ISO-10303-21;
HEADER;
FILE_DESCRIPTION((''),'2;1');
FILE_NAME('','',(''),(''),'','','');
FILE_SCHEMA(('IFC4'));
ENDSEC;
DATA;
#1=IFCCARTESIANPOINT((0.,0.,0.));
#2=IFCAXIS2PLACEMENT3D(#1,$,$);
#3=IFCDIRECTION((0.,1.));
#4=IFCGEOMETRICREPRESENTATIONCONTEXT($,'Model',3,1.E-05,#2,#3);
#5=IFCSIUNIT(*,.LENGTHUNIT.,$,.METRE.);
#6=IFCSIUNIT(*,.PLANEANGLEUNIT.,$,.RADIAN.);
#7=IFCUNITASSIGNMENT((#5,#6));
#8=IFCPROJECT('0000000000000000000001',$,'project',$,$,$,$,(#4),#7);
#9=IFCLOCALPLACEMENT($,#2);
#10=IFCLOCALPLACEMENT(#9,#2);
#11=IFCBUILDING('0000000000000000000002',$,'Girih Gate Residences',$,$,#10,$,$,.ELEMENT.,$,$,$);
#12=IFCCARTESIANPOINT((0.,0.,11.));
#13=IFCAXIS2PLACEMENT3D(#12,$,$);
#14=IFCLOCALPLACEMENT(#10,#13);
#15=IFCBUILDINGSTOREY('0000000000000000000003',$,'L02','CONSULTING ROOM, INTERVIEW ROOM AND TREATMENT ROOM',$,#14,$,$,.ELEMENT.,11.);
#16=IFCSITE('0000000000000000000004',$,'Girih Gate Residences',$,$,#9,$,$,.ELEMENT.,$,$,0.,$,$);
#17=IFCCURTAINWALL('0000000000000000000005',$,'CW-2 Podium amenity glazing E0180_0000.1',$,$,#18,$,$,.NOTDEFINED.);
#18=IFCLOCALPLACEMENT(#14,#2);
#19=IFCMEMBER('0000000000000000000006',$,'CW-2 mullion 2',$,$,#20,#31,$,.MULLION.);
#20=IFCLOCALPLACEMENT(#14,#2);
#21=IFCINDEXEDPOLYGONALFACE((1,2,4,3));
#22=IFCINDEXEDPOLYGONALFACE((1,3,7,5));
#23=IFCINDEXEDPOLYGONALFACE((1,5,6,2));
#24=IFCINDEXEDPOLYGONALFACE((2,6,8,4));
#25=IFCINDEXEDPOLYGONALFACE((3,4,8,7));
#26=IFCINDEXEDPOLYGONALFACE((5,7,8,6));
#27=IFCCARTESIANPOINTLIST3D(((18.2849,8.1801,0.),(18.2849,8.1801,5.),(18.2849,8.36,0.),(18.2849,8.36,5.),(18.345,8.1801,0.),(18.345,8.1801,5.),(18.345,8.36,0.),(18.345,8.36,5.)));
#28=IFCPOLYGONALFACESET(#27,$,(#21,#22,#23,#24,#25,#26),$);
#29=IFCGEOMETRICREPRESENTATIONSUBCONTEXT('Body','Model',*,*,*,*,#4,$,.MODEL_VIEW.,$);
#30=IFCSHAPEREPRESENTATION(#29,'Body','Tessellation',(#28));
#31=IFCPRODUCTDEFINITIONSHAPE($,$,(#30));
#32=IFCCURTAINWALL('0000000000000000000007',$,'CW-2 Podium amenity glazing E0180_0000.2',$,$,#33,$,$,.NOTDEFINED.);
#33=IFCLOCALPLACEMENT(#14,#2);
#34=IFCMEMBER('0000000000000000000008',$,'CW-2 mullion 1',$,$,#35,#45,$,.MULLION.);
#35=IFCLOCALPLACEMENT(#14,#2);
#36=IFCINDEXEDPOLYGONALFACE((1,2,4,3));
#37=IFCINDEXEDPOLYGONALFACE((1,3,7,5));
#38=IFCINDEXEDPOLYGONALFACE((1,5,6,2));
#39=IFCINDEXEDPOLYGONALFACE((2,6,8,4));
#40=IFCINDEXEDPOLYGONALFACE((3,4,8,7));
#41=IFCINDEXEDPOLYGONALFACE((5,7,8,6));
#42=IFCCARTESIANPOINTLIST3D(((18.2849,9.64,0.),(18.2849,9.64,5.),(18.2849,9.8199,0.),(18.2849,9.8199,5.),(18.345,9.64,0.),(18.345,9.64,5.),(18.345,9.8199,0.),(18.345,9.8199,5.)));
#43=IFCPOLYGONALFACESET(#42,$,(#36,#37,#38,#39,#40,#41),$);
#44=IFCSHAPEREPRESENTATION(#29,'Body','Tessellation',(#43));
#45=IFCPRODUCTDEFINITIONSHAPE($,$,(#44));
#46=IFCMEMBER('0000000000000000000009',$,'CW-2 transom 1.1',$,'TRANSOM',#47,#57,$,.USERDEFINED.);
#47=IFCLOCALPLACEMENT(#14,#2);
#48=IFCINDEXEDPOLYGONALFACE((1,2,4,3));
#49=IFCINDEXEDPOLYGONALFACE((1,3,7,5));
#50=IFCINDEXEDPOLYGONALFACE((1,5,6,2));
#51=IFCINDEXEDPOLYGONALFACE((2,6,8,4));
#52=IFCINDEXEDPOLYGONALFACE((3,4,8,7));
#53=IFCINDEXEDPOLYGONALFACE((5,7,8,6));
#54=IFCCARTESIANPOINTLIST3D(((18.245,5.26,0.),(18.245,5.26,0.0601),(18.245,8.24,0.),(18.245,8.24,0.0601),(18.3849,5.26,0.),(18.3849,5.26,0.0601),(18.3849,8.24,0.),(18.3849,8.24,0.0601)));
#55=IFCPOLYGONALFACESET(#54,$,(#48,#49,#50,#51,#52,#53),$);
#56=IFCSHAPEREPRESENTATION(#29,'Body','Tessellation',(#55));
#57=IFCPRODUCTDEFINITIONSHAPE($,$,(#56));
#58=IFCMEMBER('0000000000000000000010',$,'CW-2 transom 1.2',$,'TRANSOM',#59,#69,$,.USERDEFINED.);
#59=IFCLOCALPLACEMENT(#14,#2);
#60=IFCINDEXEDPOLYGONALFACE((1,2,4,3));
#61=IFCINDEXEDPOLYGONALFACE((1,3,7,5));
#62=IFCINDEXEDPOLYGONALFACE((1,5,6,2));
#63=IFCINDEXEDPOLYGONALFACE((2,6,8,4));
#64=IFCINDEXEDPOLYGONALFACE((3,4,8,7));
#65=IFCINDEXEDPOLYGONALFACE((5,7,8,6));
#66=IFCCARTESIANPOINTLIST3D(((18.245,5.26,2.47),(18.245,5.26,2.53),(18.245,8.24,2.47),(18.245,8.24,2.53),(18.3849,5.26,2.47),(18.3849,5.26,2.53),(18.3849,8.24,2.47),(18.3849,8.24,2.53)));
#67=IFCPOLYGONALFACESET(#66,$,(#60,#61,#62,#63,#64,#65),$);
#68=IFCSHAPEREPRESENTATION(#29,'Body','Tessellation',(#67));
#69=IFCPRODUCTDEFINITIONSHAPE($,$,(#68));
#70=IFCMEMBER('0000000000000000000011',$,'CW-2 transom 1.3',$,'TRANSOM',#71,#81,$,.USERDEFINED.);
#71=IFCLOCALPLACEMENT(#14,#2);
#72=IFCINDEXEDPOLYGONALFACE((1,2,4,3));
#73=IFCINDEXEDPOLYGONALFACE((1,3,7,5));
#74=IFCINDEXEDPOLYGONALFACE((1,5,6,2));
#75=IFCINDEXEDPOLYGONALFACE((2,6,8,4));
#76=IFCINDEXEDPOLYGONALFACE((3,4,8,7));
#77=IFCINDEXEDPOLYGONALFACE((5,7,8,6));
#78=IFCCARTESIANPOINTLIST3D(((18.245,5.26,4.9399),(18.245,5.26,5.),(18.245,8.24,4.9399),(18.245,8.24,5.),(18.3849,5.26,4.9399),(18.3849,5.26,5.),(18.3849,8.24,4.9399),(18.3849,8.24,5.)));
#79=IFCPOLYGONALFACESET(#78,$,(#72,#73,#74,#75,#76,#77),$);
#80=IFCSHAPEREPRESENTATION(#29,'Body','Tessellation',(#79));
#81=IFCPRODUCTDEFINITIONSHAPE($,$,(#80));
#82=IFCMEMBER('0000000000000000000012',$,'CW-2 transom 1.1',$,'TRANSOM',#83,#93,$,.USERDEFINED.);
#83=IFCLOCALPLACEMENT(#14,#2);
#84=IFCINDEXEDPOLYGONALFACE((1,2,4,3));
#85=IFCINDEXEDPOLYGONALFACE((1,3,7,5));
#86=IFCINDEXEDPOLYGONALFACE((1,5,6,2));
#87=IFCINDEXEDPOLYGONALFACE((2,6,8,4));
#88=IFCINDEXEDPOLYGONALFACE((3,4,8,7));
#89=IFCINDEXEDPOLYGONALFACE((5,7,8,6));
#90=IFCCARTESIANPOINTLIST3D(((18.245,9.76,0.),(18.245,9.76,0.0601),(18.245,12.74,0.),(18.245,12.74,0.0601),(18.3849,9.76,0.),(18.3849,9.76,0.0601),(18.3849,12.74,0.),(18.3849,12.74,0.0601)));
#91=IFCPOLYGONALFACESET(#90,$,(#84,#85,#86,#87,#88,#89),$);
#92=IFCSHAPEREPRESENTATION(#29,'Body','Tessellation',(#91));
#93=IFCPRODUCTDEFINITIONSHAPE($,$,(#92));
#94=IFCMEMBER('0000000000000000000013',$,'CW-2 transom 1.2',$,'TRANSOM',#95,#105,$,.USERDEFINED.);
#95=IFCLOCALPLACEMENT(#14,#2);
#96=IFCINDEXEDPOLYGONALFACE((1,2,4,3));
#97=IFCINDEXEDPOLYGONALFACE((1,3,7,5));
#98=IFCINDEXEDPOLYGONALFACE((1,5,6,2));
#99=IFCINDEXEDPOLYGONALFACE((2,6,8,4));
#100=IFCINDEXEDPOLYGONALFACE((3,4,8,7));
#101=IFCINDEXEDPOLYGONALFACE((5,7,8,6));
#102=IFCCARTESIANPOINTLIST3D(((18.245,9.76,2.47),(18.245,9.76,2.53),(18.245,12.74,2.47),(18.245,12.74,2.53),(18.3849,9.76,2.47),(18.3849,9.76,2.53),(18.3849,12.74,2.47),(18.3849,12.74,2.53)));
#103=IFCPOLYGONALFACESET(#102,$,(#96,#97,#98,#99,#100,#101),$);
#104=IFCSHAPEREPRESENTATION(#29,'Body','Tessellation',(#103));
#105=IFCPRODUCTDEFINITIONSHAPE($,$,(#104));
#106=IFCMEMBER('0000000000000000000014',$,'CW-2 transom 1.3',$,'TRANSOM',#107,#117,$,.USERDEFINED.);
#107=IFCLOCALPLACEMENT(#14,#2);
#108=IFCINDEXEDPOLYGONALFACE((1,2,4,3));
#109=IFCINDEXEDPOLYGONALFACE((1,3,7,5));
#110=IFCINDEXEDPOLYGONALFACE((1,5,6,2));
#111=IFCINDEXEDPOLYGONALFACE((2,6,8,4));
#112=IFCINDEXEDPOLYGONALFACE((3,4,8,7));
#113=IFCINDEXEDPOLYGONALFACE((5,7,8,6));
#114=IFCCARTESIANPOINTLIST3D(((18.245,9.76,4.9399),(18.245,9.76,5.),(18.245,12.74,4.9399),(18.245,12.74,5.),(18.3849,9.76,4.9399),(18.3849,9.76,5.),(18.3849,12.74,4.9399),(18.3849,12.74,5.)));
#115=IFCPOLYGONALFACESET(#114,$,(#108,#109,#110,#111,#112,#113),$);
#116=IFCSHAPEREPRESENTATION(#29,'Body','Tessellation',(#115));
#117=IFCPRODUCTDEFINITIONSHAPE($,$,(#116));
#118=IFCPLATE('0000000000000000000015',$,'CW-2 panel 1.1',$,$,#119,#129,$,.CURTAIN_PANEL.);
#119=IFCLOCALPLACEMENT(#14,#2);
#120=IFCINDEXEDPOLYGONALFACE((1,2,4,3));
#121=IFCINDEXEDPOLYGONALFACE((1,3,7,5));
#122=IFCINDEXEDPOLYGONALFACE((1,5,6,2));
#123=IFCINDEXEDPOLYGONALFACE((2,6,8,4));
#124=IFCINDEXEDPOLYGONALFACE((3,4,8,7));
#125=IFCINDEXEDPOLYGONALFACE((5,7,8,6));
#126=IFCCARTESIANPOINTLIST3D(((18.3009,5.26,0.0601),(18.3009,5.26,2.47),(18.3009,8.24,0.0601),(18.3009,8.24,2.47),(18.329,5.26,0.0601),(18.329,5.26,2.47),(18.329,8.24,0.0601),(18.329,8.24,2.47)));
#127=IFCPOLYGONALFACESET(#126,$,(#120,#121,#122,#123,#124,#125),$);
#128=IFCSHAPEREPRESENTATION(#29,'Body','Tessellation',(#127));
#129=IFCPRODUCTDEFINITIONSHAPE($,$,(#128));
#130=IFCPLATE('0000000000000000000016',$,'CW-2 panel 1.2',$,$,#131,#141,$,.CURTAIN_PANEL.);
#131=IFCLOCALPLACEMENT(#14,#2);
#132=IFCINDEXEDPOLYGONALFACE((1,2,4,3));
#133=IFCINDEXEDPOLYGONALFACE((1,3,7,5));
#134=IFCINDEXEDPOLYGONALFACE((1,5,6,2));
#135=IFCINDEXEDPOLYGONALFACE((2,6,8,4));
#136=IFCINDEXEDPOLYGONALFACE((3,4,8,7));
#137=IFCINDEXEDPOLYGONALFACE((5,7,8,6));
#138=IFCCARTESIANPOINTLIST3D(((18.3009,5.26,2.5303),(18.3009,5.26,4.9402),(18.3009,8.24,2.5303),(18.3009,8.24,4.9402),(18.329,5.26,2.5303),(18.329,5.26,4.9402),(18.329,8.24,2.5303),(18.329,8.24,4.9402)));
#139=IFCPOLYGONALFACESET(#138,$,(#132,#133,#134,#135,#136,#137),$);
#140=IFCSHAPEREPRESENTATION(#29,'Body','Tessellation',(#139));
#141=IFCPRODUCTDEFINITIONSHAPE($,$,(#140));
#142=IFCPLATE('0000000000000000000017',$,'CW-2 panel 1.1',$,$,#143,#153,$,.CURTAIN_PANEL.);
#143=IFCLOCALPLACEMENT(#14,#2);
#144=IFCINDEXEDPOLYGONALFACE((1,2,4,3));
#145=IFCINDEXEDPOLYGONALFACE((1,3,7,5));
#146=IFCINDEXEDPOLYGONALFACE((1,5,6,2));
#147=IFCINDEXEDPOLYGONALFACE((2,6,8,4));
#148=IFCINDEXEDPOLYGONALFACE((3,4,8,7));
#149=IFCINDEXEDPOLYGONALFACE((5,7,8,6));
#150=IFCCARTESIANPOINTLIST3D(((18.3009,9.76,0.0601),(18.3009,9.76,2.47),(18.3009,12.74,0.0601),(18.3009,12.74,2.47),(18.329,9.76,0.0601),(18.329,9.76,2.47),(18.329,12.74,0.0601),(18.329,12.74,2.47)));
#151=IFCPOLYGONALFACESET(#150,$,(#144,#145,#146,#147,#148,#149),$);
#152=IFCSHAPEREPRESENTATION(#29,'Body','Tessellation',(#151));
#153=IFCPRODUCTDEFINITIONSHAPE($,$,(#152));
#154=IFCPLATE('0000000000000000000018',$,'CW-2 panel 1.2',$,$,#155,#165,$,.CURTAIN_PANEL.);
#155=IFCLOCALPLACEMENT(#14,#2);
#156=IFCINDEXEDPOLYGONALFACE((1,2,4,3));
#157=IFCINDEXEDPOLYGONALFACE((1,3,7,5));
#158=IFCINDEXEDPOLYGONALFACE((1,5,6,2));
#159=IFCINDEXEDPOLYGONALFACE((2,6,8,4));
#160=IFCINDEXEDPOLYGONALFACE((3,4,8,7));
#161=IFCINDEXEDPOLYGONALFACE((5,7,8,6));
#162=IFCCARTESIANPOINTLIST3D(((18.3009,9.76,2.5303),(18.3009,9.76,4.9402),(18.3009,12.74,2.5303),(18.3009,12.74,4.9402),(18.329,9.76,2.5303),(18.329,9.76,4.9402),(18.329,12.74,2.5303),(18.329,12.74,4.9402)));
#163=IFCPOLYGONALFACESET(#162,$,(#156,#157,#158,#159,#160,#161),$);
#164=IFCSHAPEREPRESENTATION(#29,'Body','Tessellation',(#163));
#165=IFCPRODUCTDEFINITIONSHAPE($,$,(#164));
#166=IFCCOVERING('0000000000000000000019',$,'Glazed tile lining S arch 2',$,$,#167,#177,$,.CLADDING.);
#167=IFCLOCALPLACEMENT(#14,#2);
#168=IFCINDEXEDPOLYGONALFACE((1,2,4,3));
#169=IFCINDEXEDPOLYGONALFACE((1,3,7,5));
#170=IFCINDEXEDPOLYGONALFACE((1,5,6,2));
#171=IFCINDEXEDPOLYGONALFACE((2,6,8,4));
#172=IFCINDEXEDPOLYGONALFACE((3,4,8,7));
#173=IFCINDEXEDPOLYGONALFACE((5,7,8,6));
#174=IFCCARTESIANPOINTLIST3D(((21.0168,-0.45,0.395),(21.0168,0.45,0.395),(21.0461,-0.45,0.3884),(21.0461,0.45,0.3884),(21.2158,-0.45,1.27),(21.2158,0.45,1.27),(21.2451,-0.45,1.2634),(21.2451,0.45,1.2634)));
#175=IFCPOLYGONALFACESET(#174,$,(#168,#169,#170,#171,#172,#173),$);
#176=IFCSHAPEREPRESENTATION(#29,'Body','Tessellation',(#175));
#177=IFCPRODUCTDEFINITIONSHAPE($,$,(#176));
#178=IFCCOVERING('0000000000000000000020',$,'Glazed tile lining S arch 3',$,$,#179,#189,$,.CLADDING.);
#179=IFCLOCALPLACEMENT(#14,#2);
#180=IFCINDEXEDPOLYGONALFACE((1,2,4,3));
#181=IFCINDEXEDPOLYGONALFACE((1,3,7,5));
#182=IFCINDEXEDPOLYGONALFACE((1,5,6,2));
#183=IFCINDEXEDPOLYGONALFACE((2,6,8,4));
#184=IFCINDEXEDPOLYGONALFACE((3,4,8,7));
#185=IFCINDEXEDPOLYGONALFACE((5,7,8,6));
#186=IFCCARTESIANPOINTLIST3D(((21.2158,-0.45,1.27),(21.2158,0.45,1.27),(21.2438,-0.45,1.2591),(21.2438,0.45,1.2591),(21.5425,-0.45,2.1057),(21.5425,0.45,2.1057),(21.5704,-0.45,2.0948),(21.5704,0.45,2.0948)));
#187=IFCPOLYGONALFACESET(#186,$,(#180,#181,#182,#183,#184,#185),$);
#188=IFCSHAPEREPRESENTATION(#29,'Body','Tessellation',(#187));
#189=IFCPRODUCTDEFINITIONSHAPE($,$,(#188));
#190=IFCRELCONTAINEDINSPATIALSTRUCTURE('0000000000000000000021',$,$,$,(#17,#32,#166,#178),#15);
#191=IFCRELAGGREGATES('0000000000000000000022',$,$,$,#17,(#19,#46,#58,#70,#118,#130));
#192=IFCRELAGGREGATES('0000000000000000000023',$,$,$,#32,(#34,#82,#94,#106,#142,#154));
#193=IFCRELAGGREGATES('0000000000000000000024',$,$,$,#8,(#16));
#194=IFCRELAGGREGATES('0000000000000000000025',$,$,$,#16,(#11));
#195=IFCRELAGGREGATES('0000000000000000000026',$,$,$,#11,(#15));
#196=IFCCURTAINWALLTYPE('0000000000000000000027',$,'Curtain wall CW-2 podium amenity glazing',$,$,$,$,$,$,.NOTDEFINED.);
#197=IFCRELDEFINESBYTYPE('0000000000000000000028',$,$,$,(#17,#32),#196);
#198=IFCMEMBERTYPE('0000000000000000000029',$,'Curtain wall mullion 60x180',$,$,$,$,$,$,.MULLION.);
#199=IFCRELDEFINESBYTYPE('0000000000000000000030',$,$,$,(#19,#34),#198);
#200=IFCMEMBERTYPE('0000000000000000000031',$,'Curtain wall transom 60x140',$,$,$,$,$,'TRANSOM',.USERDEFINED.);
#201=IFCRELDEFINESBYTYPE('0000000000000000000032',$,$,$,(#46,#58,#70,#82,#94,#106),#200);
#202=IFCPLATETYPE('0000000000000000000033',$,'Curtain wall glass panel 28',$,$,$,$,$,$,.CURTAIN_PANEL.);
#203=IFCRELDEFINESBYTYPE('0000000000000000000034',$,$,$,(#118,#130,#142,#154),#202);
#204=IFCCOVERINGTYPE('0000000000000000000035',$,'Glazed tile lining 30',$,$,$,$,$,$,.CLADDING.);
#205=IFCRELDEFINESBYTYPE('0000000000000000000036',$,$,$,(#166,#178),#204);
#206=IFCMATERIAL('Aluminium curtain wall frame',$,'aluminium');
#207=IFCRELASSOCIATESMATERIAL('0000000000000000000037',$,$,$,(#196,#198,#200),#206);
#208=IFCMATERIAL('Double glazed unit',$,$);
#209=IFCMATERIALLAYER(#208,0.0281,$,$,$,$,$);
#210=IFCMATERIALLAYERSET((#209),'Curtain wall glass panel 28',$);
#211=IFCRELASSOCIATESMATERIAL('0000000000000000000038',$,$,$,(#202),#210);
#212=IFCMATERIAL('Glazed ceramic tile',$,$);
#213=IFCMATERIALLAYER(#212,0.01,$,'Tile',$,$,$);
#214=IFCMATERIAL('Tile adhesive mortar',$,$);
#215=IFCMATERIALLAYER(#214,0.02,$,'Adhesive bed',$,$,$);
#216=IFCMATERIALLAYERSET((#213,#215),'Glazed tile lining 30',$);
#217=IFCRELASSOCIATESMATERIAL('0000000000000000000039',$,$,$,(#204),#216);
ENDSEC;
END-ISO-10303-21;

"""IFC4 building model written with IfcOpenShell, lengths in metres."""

from ifc_helpers import new_model, si_unit, direction, frame, origin, origin_2d, place, context, subcontext, project, spatial, polyline, rectangle, outline, extrude, material, layer, layer_set, material_profile, profile_set, type_object, element, aggregate, save


model = new_model("IFC4")

# Units and contexts
model_context = context("Model", 3, precision=1e-05, world=origin(), true_north=direction((0.0, 1.0)))
body_context = subcontext(model_context, "Body", "Model", "MODEL_VIEW")
ifc_project = project(units=[si_unit("LENGTHUNIT", "METRE"), si_unit("PLANEANGLEUNIT", "RADIAN")], contexts=[model_context])

# Site, building, storey
site_placement = place(None, origin())
site = spatial("IfcSite", under=ifc_project, at=site_placement, Name="Girih Gate Residences", CompositionType="ELEMENT", RefElevation=0.0)
building_placement = place(site_placement, origin())
building = spatial("IfcBuilding", under=site, at=building_placement, Name="Girih Gate Residences", CompositionType="ELEMENT")
storey_placement = place(building_placement, frame((0.0, 0.0, 11.0)))
storey = spatial("IfcBuildingStorey", under=building, at=storey_placement, Name="L02", Description="CONSULTING ROOM, INTERVIEW ROOM AND TREATMENT ROOM", CompositionType="ELEMENT", Elevation=11.0)

# Curtain walls, members
ifc_material_1 = material(Name="Aluminium curtain wall frame", Category="aluminium")
curtain_wall_type = type_object("IfcCurtainWallType", Name="Curtain wall CW-2 podium amenity glazing", PredefinedType="NOTDEFINED", material=ifc_material_1)
curtain_wall_1_placement = place(storey_placement, origin())
curtain_wall_1 = element("IfcCurtainWall", 1, at=curtain_wall_1_placement, inside=storey, type_object=curtain_wall_type, Name="CW-2 Podium amenity glazing E0180_0000.1", PredefinedType="NOTDEFINED")
ifc_material_profile_1 = material_profile(ifc_material_1, rectangle(XDim=0.0601, YDim=0.1799, at=origin_2d()))
ifc_profile_set_1 = profile_set([ifc_material_profile_1], Name="Aluminium curtain wall frame")
member_type_1 = type_object("IfcMemberType", Name="Curtain wall mullion 60x180", PredefinedType="MULLION", material=ifc_profile_set_1)
member_1_placement = place(storey_placement, frame((18.3149, 8.27, 0.0), z_axis=(0.0, 0.0, 1.0), x_axis=(-1.0, 0.0, 0.0)))
member_1 = element("IfcMember", 2, at=member_1_placement, type_object=member_type_1, Name="CW-2 mullion 2", PredefinedType="MULLION", context=body_context, shape_type="SweptSolid", body=[
    extrude(rectangle(XDim=0.0601, YDim=0.1799, at=origin_2d()), origin(), (0.0, 0.0, 1.0), 5.0),
])
curtain_wall_2_placement = place(storey_placement, origin())
curtain_wall_2 = element("IfcCurtainWall", 3, at=curtain_wall_2_placement, inside=storey, type_object=curtain_wall_type, Name="CW-2 Podium amenity glazing E0180_0000.2", PredefinedType="NOTDEFINED")
member_2_placement = place(storey_placement, frame((18.3149, 9.73, 0.0), z_axis=(0.0, 0.0, 1.0), x_axis=(-1.0, 0.0, 0.0)))
member_2 = element("IfcMember", 4, at=member_2_placement, type_object=member_type_1, Name="CW-2 mullion 1", PredefinedType="MULLION", context=body_context, shape_type="SweptSolid", body=[
    extrude(rectangle(XDim=0.0601, YDim=0.1799, at=origin_2d()), origin(), (0.0, 0.0, 1.0), 5.0),
])

# Members
ifc_material_profile_2 = material_profile(ifc_material_1, rectangle(XDim=0.1399, YDim=0.0601, at=origin_2d()))
ifc_profile_set_2 = profile_set([ifc_material_profile_2], Name="Aluminium curtain wall frame")
member_type_2 = type_object("IfcMemberType", Name="Curtain wall transom 60x140", ElementType="TRANSOM", PredefinedType="USERDEFINED", material=ifc_profile_set_2)
member_3_placement = place(storey_placement, frame((18.3149, 5.26, 0.03), z_axis=(0.0, 1.0, 0.0), x_axis=(-1.0, 0.0, 0.0)))
member_3 = element("IfcMember", 5, at=member_3_placement, type_object=member_type_2, Name="CW-2 transom 1.1", ObjectType="TRANSOM", PredefinedType="USERDEFINED", context=body_context, shape_type="SweptSolid", body=[
    extrude(rectangle(XDim=0.1399, YDim=0.0601, at=origin_2d()), origin(), (0.0, 0.0, 1.0), 2.98),
])
member_4_placement = place(storey_placement, frame((18.3149, 5.26, 2.5), z_axis=(0.0, 1.0, 0.0), x_axis=(-1.0, 0.0, 0.0)))
member_4 = element("IfcMember", 6, at=member_4_placement, type_object=member_type_2, Name="CW-2 transom 1.2", ObjectType="TRANSOM", PredefinedType="USERDEFINED", context=body_context, shape_type="SweptSolid", body=[
    extrude(rectangle(XDim=0.1399, YDim=0.0601, at=origin_2d()), origin(), (0.0, 0.0, 1.0), 2.98),
])
member_5_placement = place(storey_placement, frame((18.3149, 5.26, 4.97), z_axis=(0.0, 1.0, 0.0), x_axis=(-1.0, 0.0, 0.0)))
member_5 = element("IfcMember", 7, at=member_5_placement, type_object=member_type_2, Name="CW-2 transom 1.3", ObjectType="TRANSOM", PredefinedType="USERDEFINED", context=body_context, shape_type="SweptSolid", body=[
    extrude(rectangle(XDim=0.1399, YDim=0.0601, at=origin_2d()), origin(), (0.0, 0.0, 1.0), 2.98),
])
member_6_placement = place(storey_placement, frame((18.3149, 9.76, 0.03), z_axis=(0.0, 1.0, 0.0), x_axis=(-1.0, 0.0, 0.0)))
member_6 = element("IfcMember", 8, at=member_6_placement, type_object=member_type_2, Name="CW-2 transom 1.1", ObjectType="TRANSOM", PredefinedType="USERDEFINED", context=body_context, shape_type="SweptSolid", body=[
    extrude(rectangle(XDim=0.1399, YDim=0.0601, at=origin_2d()), origin(), (0.0, 0.0, 1.0), 2.98),
])
member_7_placement = place(storey_placement, frame((18.3149, 9.76, 2.5), z_axis=(0.0, 1.0, 0.0), x_axis=(-1.0, 0.0, 0.0)))
member_7 = element("IfcMember", 9, at=member_7_placement, type_object=member_type_2, Name="CW-2 transom 1.2", ObjectType="TRANSOM", PredefinedType="USERDEFINED", context=body_context, shape_type="SweptSolid", body=[
    extrude(rectangle(XDim=0.1399, YDim=0.0601, at=origin_2d()), origin(), (0.0, 0.0, 1.0), 2.98),
])
member_8_placement = place(storey_placement, frame((18.3149, 9.76, 4.97), z_axis=(0.0, 1.0, 0.0), x_axis=(-1.0, 0.0, 0.0)))
member_8 = element("IfcMember", 10, at=member_8_placement, type_object=member_type_2, Name="CW-2 transom 1.3", ObjectType="TRANSOM", PredefinedType="USERDEFINED", context=body_context, shape_type="SweptSolid", body=[
    extrude(rectangle(XDim=0.1399, YDim=0.0601, at=origin_2d()), origin(), (0.0, 0.0, 1.0), 2.98),
])

# Plates
ifc_material_2 = material(Name="Double glazed unit")
ifc_layer_1 = layer(ifc_material_2, 0.0281)
ifc_layer_set_1 = layer_set([ifc_layer_1], Name="Curtain wall glass panel 28")
plate_type = type_object("IfcPlateType", Name="Curtain wall glass panel 28", PredefinedType="CURTAIN_PANEL", material=ifc_layer_set_1)
plate_1_placement = place(storey_placement, frame((18.3149, 6.75, 0.0601), z_axis=(0.0, 0.0, 1.0), x_axis=(0.0, 1.0, 0.0)))
plate_1 = element("IfcPlate", 11, at=plate_1_placement, type_object=plate_type, Name="CW-2 panel 1.1", PredefinedType="CURTAIN_PANEL", context=body_context, shape_type="SweptSolid", body=[
    extrude(rectangle(XDim=2.98, YDim=0.0281, at=origin_2d()), origin(), (0.0, 0.0, 1.0), 2.4099),
])
plate_2_placement = place(storey_placement, frame((18.3149, 6.75, 2.5303), z_axis=(0.0, 0.0, 1.0), x_axis=(0.0, 1.0, 0.0)))
plate_2 = element("IfcPlate", 12, at=plate_2_placement, type_object=plate_type, Name="CW-2 panel 1.2", PredefinedType="CURTAIN_PANEL", context=body_context, shape_type="SweptSolid", body=[
    extrude(rectangle(XDim=2.98, YDim=0.0281, at=origin_2d()), origin(), (0.0, 0.0, 1.0), 2.4099),
])
aggregate(curtain_wall_1, [member_1, member_3, member_4, member_5, plate_1, plate_2])
plate_3_placement = place(storey_placement, frame((18.3149, 11.25, 0.0601), z_axis=(0.0, 0.0, 1.0), x_axis=(0.0, 1.0, 0.0)))
plate_3 = element("IfcPlate", 13, at=plate_3_placement, type_object=plate_type, Name="CW-2 panel 1.1", PredefinedType="CURTAIN_PANEL", context=body_context, shape_type="SweptSolid", body=[
    extrude(rectangle(XDim=2.98, YDim=0.0281, at=origin_2d()), origin(), (0.0, 0.0, 1.0), 2.4099),
])
plate_4_placement = place(storey_placement, frame((18.3149, 11.25, 2.5303), z_axis=(0.0, 0.0, 1.0), x_axis=(0.0, 1.0, 0.0)))
plate_4 = element("IfcPlate", 14, at=plate_4_placement, type_object=plate_type, Name="CW-2 panel 1.2", PredefinedType="CURTAIN_PANEL", context=body_context, shape_type="SweptSolid", body=[
    extrude(rectangle(XDim=2.98, YDim=0.0281, at=origin_2d()), origin(), (0.0, 0.0, 1.0), 2.4099),
])
aggregate(curtain_wall_2, [member_2, member_6, member_7, member_8, plate_3, plate_4])

# Coverings
ifc_material_3 = material(Name="Glazed ceramic tile")
ifc_layer_2 = layer(ifc_material_3, 0.01, Name="Tile")
ifc_material_4 = material(Name="Tile adhesive mortar")
ifc_layer_3 = layer(ifc_material_4, 0.02, Name="Adhesive bed")
ifc_layer_set_2 = layer_set([ifc_layer_2, ifc_layer_3], Name="Glazed tile lining 30")
covering_type = type_object("IfcCoveringType", Name="Glazed tile lining 30", PredefinedType="CLADDING", material=ifc_layer_set_2)
covering_1_placement = place(storey_placement, frame((21.0168, -0.45, 0.395), z_axis=(-0.975106, 0.0, 0.221739), x_axis=(0.221739, 0.0, 0.975106)))
element("IfcCovering", 15, at=covering_1_placement, inside=storey, type_object=covering_type, Name="Glazed tile lining S arch 2", PredefinedType="CLADDING", context=body_context, shape_type="SweptSolid", body=[
    extrude(outline(polyline([(0.0, 0.0), (0.8973, 0.0), (0.8973, 0.8999), (0.0, 0.8999), (0.0, 0.0)])), origin(), (0.0, 0.0, -1.0), 0.03),
])
covering_2_placement = place(storey_placement, frame((21.2158, -0.45, 1.27), z_axis=(-0.931375, 0.0, 0.364061), x_axis=(0.364061, 0.0, 0.931375)))
element("IfcCovering", 16, at=covering_2_placement, inside=storey, type_object=covering_type, Name="Glazed tile lining S arch 3", PredefinedType="CLADDING", context=body_context, shape_type="SweptSolid", body=[
    extrude(outline(polyline([(0.0, 0.0), (0.8973, 0.0), (0.8973, 0.8999), (0.0, 0.8999), (0.0, 0.0)])), origin(), (0.0, 0.0, -1.0), 0.03),
])

save(model, "model.ifc")
